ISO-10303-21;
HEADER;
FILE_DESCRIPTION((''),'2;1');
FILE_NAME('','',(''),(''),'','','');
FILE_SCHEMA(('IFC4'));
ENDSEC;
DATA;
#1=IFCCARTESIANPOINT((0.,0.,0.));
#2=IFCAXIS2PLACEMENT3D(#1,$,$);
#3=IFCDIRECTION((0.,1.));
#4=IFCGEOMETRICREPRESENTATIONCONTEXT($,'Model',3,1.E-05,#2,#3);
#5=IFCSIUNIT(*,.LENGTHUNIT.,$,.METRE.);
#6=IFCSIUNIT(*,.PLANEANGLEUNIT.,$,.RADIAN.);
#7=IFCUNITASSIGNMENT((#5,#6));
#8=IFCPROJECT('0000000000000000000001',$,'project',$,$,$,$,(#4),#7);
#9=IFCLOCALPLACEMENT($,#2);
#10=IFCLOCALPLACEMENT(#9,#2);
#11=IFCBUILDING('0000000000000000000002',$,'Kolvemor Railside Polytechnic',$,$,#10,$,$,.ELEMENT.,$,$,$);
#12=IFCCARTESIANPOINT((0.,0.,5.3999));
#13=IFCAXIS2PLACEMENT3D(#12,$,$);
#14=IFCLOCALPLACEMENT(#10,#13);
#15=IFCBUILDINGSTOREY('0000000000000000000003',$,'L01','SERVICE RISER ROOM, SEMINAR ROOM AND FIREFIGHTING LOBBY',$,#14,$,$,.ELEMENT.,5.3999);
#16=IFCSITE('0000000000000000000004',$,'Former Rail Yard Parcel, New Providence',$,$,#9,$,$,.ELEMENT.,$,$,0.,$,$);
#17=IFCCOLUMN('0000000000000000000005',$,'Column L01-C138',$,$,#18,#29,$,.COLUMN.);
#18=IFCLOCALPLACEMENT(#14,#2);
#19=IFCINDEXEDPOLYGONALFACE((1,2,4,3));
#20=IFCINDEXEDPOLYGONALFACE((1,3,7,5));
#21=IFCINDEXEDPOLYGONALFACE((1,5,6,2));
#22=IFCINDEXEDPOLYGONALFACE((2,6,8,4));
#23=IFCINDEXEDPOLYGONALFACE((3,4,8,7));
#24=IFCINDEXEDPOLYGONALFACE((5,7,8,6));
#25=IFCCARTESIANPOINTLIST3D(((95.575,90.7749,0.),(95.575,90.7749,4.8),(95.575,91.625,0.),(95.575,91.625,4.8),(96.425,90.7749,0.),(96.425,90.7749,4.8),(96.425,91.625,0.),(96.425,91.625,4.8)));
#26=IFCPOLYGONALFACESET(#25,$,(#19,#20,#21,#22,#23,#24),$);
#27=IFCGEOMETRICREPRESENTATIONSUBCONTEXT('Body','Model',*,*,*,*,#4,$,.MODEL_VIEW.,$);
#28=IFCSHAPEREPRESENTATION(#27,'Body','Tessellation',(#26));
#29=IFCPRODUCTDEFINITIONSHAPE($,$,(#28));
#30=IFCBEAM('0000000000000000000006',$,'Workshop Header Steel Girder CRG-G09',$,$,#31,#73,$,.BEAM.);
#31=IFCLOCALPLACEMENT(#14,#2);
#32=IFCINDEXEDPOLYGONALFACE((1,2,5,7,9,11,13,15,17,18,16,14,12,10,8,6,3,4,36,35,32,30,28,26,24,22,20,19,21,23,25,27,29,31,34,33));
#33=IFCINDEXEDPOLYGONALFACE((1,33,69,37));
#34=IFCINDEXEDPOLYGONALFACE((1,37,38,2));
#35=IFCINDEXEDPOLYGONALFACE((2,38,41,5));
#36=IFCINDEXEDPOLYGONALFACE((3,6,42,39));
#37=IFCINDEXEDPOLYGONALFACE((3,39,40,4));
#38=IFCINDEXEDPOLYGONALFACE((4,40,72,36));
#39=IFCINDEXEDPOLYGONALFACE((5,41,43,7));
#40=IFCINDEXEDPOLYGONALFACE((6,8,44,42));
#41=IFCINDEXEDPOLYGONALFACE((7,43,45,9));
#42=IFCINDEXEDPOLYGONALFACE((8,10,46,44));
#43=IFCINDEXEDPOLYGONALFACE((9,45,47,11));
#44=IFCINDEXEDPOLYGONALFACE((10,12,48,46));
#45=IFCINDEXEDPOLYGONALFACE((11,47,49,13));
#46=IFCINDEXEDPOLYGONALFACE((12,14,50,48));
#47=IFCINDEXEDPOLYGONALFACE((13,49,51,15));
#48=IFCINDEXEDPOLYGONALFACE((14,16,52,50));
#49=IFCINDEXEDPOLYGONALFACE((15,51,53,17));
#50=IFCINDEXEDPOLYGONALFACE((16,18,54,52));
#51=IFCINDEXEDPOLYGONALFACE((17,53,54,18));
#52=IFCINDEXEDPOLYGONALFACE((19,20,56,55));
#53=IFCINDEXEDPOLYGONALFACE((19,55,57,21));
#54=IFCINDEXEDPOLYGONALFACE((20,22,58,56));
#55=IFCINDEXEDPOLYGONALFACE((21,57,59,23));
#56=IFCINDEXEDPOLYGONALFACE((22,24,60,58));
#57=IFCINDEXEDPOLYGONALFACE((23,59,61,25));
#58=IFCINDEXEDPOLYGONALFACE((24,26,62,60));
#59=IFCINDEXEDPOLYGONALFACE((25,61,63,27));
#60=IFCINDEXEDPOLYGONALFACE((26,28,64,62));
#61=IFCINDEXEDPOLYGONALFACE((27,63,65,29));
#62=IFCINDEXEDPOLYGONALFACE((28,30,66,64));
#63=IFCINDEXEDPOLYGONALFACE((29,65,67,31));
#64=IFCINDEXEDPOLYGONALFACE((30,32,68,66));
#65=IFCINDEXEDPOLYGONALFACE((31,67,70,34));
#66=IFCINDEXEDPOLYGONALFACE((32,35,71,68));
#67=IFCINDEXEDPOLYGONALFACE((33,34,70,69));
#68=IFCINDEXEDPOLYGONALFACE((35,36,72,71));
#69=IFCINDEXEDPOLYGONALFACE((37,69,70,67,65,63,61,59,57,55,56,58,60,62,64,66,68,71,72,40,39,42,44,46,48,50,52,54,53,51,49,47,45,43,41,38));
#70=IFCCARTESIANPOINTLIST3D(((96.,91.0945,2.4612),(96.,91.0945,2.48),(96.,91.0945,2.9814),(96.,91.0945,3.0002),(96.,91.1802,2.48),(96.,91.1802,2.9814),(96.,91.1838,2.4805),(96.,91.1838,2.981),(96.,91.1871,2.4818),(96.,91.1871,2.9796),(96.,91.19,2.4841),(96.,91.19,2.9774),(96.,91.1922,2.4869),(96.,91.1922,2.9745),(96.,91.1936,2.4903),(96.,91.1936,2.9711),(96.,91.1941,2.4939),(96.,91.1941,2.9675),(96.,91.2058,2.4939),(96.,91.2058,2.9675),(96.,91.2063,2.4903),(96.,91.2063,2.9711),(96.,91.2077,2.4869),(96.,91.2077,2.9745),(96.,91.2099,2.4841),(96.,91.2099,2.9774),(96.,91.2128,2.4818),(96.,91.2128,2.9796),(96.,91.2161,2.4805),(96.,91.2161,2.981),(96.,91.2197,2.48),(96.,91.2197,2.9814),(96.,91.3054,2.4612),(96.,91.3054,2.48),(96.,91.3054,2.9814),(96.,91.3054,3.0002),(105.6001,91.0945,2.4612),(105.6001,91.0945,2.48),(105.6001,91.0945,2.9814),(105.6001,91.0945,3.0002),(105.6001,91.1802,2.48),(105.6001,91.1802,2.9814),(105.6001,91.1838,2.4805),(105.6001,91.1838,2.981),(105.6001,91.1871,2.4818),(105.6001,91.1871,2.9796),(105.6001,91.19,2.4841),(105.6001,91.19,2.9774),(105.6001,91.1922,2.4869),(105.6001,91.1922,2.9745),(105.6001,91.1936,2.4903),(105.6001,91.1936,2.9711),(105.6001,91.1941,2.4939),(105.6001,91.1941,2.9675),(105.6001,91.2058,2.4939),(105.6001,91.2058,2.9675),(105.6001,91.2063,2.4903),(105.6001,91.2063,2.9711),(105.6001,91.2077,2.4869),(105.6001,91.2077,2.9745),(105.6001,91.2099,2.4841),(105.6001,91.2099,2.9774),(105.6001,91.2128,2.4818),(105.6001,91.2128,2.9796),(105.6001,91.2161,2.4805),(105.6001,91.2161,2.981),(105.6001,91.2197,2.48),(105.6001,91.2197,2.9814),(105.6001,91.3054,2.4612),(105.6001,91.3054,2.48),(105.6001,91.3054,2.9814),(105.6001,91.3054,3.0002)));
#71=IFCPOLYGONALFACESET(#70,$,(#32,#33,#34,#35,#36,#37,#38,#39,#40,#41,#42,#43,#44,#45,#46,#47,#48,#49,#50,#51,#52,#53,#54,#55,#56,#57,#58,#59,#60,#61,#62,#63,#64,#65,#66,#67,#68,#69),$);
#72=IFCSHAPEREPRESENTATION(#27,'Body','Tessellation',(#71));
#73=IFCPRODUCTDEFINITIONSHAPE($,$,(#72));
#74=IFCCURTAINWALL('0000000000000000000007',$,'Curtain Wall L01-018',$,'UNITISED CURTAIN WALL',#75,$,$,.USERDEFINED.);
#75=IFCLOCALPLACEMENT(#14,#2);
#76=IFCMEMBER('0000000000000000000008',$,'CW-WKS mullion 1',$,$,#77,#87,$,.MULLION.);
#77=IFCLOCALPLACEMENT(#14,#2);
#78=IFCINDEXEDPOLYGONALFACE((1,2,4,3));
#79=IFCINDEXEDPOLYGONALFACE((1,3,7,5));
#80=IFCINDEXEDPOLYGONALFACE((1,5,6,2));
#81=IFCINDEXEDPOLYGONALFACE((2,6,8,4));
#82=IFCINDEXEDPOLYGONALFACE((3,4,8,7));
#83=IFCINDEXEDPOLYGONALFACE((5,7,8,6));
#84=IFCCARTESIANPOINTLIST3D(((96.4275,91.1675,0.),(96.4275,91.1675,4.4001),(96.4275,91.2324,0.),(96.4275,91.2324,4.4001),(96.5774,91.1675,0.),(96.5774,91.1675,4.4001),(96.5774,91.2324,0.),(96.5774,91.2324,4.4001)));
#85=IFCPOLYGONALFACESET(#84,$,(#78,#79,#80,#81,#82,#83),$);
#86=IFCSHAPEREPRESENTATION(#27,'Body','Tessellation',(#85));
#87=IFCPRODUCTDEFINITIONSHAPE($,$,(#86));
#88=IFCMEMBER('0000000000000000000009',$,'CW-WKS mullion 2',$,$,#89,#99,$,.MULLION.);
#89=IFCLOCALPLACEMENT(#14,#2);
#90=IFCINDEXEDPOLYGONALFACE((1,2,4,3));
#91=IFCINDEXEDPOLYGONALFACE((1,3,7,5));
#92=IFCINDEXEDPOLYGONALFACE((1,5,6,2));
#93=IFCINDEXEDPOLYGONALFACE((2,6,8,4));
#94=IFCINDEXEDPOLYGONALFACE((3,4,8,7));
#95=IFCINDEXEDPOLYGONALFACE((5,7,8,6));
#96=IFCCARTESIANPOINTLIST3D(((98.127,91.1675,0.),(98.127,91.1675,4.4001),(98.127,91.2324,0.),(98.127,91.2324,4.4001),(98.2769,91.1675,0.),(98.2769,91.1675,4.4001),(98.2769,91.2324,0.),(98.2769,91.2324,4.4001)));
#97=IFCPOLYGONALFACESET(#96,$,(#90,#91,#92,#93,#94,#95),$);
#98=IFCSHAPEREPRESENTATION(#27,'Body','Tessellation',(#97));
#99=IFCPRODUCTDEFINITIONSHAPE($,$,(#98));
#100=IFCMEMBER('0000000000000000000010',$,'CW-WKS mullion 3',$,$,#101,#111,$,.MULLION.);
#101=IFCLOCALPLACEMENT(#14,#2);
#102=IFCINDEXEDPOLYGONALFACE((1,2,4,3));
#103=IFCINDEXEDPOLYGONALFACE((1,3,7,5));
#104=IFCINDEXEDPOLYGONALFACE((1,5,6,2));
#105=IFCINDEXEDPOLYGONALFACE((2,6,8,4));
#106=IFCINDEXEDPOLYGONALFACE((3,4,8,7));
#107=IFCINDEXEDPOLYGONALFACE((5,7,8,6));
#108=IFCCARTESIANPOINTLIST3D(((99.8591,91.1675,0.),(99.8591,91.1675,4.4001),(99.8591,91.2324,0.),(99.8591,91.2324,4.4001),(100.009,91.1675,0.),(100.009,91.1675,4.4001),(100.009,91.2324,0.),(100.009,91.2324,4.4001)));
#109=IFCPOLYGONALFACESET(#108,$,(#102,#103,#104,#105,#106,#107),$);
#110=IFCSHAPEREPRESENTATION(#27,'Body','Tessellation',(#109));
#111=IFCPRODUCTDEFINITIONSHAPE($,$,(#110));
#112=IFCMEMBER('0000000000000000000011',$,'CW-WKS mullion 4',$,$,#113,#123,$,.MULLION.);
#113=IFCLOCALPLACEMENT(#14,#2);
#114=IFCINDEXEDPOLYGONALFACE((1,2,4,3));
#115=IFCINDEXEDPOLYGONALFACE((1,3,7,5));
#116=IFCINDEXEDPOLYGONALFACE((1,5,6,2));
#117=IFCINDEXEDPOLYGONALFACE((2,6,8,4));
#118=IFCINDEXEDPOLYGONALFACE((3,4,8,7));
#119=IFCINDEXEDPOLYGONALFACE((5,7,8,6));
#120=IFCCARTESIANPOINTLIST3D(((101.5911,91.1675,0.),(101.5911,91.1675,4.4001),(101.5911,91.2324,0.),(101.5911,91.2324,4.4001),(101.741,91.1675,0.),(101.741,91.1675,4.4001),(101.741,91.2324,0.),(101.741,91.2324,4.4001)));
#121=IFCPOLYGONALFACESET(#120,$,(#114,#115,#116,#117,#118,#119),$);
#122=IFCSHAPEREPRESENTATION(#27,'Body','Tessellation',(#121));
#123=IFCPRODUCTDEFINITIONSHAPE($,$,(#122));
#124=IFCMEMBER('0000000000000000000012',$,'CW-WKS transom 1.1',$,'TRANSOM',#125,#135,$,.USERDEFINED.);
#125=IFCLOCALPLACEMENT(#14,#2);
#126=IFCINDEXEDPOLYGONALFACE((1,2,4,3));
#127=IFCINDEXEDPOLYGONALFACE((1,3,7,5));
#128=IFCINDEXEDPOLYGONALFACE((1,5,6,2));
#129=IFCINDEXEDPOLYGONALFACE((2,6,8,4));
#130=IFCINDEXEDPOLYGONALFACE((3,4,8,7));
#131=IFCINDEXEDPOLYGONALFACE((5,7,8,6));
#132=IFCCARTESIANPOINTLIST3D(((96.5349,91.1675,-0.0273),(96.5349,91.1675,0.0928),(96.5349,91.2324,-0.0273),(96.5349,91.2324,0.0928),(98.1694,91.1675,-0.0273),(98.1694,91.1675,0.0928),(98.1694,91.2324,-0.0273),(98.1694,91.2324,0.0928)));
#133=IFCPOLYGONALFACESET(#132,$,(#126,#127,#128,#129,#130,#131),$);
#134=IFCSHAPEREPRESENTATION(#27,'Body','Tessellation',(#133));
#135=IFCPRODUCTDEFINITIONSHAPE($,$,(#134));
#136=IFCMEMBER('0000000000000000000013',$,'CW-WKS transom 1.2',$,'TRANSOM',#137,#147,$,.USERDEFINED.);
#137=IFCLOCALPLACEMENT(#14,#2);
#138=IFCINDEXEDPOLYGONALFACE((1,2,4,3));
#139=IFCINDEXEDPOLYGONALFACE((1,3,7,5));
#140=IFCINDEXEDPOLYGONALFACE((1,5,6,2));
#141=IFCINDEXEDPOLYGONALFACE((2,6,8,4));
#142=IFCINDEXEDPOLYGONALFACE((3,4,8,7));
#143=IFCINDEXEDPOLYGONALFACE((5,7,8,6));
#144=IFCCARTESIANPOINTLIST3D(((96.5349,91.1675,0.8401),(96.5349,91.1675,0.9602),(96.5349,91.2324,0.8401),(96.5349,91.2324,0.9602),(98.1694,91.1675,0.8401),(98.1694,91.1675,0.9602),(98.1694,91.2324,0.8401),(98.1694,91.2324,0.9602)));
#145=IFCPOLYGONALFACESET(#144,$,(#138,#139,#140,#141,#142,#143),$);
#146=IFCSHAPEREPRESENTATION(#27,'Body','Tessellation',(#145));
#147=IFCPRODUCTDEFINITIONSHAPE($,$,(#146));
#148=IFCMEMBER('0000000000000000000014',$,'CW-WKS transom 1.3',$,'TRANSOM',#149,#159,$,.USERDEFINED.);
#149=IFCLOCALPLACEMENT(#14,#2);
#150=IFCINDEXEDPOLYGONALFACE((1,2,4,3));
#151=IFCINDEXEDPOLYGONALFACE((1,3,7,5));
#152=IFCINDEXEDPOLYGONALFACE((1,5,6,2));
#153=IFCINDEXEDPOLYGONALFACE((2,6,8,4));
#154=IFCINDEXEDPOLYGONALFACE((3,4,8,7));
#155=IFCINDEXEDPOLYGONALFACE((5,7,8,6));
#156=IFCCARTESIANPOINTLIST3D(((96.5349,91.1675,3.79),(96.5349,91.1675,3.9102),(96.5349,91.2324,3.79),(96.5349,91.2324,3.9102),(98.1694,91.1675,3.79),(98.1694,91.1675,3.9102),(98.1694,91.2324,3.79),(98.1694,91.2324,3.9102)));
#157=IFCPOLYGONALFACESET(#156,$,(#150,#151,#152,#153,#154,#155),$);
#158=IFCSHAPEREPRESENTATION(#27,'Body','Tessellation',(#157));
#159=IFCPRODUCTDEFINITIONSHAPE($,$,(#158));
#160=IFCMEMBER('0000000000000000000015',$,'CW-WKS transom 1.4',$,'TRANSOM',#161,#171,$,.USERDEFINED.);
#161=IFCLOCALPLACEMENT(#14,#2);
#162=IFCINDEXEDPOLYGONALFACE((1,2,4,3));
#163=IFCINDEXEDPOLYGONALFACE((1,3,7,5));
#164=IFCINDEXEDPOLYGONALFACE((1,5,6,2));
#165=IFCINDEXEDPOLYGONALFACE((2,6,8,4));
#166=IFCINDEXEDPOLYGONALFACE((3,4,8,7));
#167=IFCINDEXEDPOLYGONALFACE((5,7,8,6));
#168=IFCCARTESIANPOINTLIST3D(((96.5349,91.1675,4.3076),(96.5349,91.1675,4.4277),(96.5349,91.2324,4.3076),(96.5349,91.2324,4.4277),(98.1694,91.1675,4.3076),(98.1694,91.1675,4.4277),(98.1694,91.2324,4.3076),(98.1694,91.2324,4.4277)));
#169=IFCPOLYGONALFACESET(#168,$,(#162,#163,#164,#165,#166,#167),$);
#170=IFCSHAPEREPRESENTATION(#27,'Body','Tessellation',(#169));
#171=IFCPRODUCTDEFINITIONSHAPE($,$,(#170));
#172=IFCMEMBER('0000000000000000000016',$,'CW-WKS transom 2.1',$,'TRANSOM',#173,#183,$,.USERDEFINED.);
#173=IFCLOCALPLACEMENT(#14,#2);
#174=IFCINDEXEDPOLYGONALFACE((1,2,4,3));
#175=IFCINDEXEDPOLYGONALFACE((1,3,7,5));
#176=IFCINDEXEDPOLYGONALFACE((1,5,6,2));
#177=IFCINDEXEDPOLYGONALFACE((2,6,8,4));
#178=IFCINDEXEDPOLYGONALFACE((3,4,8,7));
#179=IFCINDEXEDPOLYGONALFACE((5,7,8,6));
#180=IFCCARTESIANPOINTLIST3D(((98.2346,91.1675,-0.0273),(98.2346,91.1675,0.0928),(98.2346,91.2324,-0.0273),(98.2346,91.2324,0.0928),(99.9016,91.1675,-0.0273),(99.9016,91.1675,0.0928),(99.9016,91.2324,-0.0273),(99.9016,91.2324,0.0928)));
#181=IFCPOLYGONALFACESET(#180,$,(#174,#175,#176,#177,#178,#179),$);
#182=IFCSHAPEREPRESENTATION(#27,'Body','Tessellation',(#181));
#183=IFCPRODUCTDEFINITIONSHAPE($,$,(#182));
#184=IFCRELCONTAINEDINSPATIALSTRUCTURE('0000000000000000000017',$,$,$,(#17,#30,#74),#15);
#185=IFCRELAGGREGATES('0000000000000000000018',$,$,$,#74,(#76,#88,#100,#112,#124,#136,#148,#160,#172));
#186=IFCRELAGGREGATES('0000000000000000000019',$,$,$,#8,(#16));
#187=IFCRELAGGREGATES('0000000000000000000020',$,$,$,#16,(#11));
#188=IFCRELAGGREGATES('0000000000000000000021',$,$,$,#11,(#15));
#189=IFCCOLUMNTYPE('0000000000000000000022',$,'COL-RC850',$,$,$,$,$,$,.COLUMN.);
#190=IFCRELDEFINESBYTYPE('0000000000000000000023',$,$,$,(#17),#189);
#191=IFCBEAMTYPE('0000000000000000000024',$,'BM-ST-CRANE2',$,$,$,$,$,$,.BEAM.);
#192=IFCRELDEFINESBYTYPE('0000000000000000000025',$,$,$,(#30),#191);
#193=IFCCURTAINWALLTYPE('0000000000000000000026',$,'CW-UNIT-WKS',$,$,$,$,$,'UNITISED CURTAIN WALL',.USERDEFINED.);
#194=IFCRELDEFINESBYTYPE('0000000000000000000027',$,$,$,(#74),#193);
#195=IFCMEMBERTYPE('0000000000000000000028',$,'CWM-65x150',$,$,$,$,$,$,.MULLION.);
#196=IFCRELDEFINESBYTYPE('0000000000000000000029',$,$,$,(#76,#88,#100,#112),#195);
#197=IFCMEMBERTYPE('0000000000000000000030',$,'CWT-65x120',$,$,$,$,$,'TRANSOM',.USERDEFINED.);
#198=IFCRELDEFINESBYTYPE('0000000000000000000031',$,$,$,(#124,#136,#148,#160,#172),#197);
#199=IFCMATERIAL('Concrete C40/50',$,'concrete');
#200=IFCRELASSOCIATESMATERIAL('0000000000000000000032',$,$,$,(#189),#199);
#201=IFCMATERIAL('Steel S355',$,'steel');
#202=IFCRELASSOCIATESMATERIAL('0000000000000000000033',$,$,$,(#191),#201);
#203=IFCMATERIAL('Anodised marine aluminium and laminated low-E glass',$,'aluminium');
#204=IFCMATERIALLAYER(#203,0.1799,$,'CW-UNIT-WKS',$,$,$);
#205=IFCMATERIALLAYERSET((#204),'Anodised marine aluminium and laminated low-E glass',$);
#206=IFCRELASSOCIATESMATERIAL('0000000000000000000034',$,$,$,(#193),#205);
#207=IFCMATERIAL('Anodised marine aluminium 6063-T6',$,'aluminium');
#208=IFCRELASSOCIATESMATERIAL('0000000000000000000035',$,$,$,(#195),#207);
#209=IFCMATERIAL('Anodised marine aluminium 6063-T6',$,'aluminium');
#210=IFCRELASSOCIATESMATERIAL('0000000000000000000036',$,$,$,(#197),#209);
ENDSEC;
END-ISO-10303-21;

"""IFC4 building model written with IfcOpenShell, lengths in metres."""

from ifc_helpers import new_model, si_unit, direction, frame, origin, origin_2d, place, context, subcontext, project, spatial, rectangle, i_section, extrude, material, layer, layer_set, material_profile, profile_set, type_object, element, aggregate, save


model = new_model("IFC4")

# Units and contexts
model_context = context("Model", 3, precision=1e-05, world=origin(), true_north=direction((0.0, 1.0)))
body_context = subcontext(model_context, "Body", "Model", "MODEL_VIEW")
ifc_project = project(units=[si_unit("LENGTHUNIT", "METRE"), si_unit("PLANEANGLEUNIT", "RADIAN")], contexts=[model_context])

# Site, building, storey
site_placement = place(None, origin())
site = spatial("IfcSite", under=ifc_project, at=site_placement, Name="Former Rail Yard Parcel, New Providence", CompositionType="ELEMENT", RefElevation=0.0)
building_placement = place(site_placement, origin())
building = spatial("IfcBuilding", under=site, at=building_placement, Name="Kolvemor Railside Polytechnic", CompositionType="ELEMENT")
storey_placement = place(building_placement, frame((0.0, 0.0, 5.3999)))
storey = spatial("IfcBuildingStorey", under=building, at=storey_placement, Name="L01", Description="SERVICE RISER ROOM, SEMINAR ROOM AND FIREFIGHTING LOBBY", CompositionType="ELEMENT", Elevation=5.3999)

# Column
ifc_material_1 = material(Name="Concrete C40/50", Category="concrete")
ifc_material_profile_1 = material_profile(ifc_material_1, rectangle(XDim=0.8501, YDim=0.8501, at=origin_2d()), Name="RC850x850")
ifc_profile_set_1 = profile_set([ifc_material_profile_1], Name="Concrete C40/50")
column_type = type_object("IfcColumnType", Name="COL-RC850", PredefinedType="COLUMN", material=ifc_profile_set_1)
column_placement = place(storey_placement, frame((96.0, 91.2, 0.0), z_axis=(0.0, 0.0, 1.0), x_axis=(1.0, 0.0, 0.0)))
element("IfcColumn", 1, at=column_placement, inside=storey, type_object=column_type, Name="Column L01-C138", PredefinedType="COLUMN", context=body_context, shape_type="SweptSolid", body=[
    extrude(rectangle(XDim=0.8501, YDim=0.8501, at=origin_2d()), origin(), (0.0, 0.0, 1.0), 4.8),
])

# Beam
ifc_material_2 = material(Name="Steel S355", Category="steel")
ifc_material_profile_2 = material_profile(ifc_material_2, i_section(OverallWidth=0.2109, OverallDepth=0.5391, WebThickness=0.0117, FlangeThickness=0.0188, FilletRadius=0.0139, at=origin_2d()), Name="W530x109")
ifc_profile_set_2 = profile_set([ifc_material_profile_2], Name="Steel S355")
beam_type = type_object("IfcBeamType", Name="BM-ST-CRANE2", PredefinedType="BEAM", material=ifc_profile_set_2)
beam_placement = place(storey_placement, frame((96.0, 91.2, 2.7307), z_axis=(1.0, 0.0, 0.0), x_axis=(0.0, 1.0, 0.0)))
element("IfcBeam", 2, at=beam_placement, inside=storey, type_object=beam_type, Name="Workshop Header Steel Girder CRG-G09", PredefinedType="BEAM", context=body_context, shape_type="SweptSolid", body=[
    extrude(i_section(OverallWidth=0.2109, OverallDepth=0.5391, WebThickness=0.0117, FlangeThickness=0.0188, FilletRadius=0.0139, at=origin_2d()), origin(), (0.0, 0.0, 1.0), 9.6001),
])

# Curtain wall, members
ifc_material_3 = material(Name="Anodised marine aluminium and laminated low-E glass", Category="aluminium")
ifc_layer_1 = layer(ifc_material_3, 0.1799, Name="CW-UNIT-WKS")
ifc_layer_set_1 = layer_set([ifc_layer_1], Name="Anodised marine aluminium and laminated low-E glass")
curtain_wall_type = type_object("IfcCurtainWallType", Name="CW-UNIT-WKS", ElementType="UNITISED CURTAIN WALL", PredefinedType="USERDEFINED", material=ifc_layer_set_1)
curtain_wall_placement = place(storey_placement, origin())
curtain_wall = element("IfcCurtainWall", 3, at=curtain_wall_placement, inside=storey, type_object=curtain_wall_type, Name="Curtain Wall L01-018", ObjectType="UNITISED CURTAIN WALL", PredefinedType="USERDEFINED")
ifc_material_4 = material(Name="Anodised marine aluminium 6063-T6", Category="aluminium")
ifc_material_profile_3 = material_profile(ifc_material_4, rectangle(XDim=0.0649, YDim=0.1499, at=origin_2d()), Name="CW-MUL-65x150")
ifc_profile_set_3 = profile_set([ifc_material_profile_3], Name="Anodised marine aluminium 6063-T6")
member_type_1 = type_object("IfcMemberType", Name="CWM-65x150", PredefinedType="MULLION", material=ifc_profile_set_3)
member_1_placement = place(storey_placement, frame((96.5024, 91.2, 0.0), z_axis=(0.0, 0.0, 1.0), x_axis=(0.0, 1.0, 0.0)))
member_1 = element("IfcMember", 4, at=member_1_placement, type_object=member_type_1, Name="CW-WKS mullion 1", PredefinedType="MULLION", context=body_context, shape_type="SweptSolid", body=[
    extrude(rectangle(XDim=0.0649, YDim=0.1499, at=origin_2d()), origin(), (0.0, 0.0, 1.0), 4.4001),
])
member_2_placement = place(storey_placement, frame((98.2019, 91.2, 0.0), z_axis=(0.0, 0.0, 1.0), x_axis=(0.0, 1.0, 0.0)))
member_2 = element("IfcMember", 5, at=member_2_placement, type_object=member_type_1, Name="CW-WKS mullion 2", PredefinedType="MULLION", context=body_context, shape_type="SweptSolid", body=[
    extrude(rectangle(XDim=0.0649, YDim=0.1499, at=origin_2d()), origin(), (0.0, 0.0, 1.0), 4.4001),
])
member_3_placement = place(storey_placement, frame((99.9341, 91.2, 0.0), z_axis=(0.0, 0.0, 1.0), x_axis=(0.0, 1.0, 0.0)))
member_3 = element("IfcMember", 6, at=member_3_placement, type_object=member_type_1, Name="CW-WKS mullion 3", PredefinedType="MULLION", context=body_context, shape_type="SweptSolid", body=[
    extrude(rectangle(XDim=0.0649, YDim=0.1499, at=origin_2d()), origin(), (0.0, 0.0, 1.0), 4.4001),
])
member_4_placement = place(storey_placement, frame((101.666, 91.2, 0.0), z_axis=(0.0, 0.0, 1.0), x_axis=(0.0, 1.0, 0.0)))
member_4 = element("IfcMember", 7, at=member_4_placement, type_object=member_type_1, Name="CW-WKS mullion 4", PredefinedType="MULLION", context=body_context, shape_type="SweptSolid", body=[
    extrude(rectangle(XDim=0.0649, YDim=0.1499, at=origin_2d()), origin(), (0.0, 0.0, 1.0), 4.4001),
])
ifc_material_5 = material(Name="Anodised marine aluminium 6063-T6", Category="aluminium")
ifc_material_profile_4 = material_profile(ifc_material_5, rectangle(XDim=0.0649, YDim=0.1201, at=origin_2d()), Name="CW-TRN-65x120")
ifc_profile_set_4 = profile_set([ifc_material_profile_4], Name="Anodised marine aluminium 6063-T6")
member_type_2 = type_object("IfcMemberType", Name="CWT-65x120", ElementType="TRANSOM", PredefinedType="USERDEFINED", material=ifc_profile_set_4)
member_5_placement = place(storey_placement, frame((96.5349, 91.2, 0.0327), z_axis=(1.0, 0.0, 0.0), x_axis=(0.0, 1.0, 0.0)))
member_5 = element("IfcMember", 8, at=member_5_placement, type_object=member_type_2, Name="CW-WKS transom 1.1", ObjectType="TRANSOM", PredefinedType="USERDEFINED", context=body_context, shape_type="SweptSolid", body=[
    extrude(rectangle(XDim=0.0649, YDim=0.1201, at=origin_2d()), origin(), (0.0, 0.0, 1.0), 1.6345),
])
member_6_placement = place(storey_placement, frame((96.5349, 91.2, 0.9001), z_axis=(1.0, 0.0, 0.0), x_axis=(0.0, 1.0, 0.0)))
member_6 = element("IfcMember", 9, at=member_6_placement, type_object=member_type_2, Name="CW-WKS transom 1.2", ObjectType="TRANSOM", PredefinedType="USERDEFINED", context=body_context, shape_type="SweptSolid", body=[
    extrude(rectangle(XDim=0.0649, YDim=0.1201, at=origin_2d()), origin(), (0.0, 0.0, 1.0), 1.6345),
])
member_7_placement = place(storey_placement, frame((96.5349, 91.2, 3.8501), z_axis=(1.0, 0.0, 0.0), x_axis=(0.0, 1.0, 0.0)))
member_7 = element("IfcMember", 10, at=member_7_placement, type_object=member_type_2, Name="CW-WKS transom 1.3", ObjectType="TRANSOM", PredefinedType="USERDEFINED", context=body_context, shape_type="SweptSolid", body=[
    extrude(rectangle(XDim=0.0649, YDim=0.1201, at=origin_2d()), origin(), (0.0, 0.0, 1.0), 1.6345),
])
member_8_placement = place(storey_placement, frame((96.5349, 91.2, 4.3677), z_axis=(1.0, 0.0, 0.0), x_axis=(0.0, 1.0, 0.0)))
member_8 = element("IfcMember", 11, at=member_8_placement, type_object=member_type_2, Name="CW-WKS transom 1.4", ObjectType="TRANSOM", PredefinedType="USERDEFINED", context=body_context, shape_type="SweptSolid", body=[
    extrude(rectangle(XDim=0.0649, YDim=0.1201, at=origin_2d()), origin(), (0.0, 0.0, 1.0), 1.6345),
])
member_9_placement = place(storey_placement, frame((98.2346, 91.2, 0.0327), z_axis=(1.0, 0.0, 0.0), x_axis=(0.0, 1.0, 0.0)))
member_9 = element("IfcMember", 12, at=member_9_placement, type_object=member_type_2, Name="CW-WKS transom 2.1", ObjectType="TRANSOM", PredefinedType="USERDEFINED", context=body_context, shape_type="SweptSolid", body=[
    extrude(rectangle(XDim=0.0649, YDim=0.1201, at=origin_2d()), origin(), (0.0, 0.0, 1.0), 1.667),
])
aggregate(curtain_wall, [member_1, member_2, member_3, member_4, member_5, member_6, member_7, member_8, member_9])

save(model, "model.ifc")
